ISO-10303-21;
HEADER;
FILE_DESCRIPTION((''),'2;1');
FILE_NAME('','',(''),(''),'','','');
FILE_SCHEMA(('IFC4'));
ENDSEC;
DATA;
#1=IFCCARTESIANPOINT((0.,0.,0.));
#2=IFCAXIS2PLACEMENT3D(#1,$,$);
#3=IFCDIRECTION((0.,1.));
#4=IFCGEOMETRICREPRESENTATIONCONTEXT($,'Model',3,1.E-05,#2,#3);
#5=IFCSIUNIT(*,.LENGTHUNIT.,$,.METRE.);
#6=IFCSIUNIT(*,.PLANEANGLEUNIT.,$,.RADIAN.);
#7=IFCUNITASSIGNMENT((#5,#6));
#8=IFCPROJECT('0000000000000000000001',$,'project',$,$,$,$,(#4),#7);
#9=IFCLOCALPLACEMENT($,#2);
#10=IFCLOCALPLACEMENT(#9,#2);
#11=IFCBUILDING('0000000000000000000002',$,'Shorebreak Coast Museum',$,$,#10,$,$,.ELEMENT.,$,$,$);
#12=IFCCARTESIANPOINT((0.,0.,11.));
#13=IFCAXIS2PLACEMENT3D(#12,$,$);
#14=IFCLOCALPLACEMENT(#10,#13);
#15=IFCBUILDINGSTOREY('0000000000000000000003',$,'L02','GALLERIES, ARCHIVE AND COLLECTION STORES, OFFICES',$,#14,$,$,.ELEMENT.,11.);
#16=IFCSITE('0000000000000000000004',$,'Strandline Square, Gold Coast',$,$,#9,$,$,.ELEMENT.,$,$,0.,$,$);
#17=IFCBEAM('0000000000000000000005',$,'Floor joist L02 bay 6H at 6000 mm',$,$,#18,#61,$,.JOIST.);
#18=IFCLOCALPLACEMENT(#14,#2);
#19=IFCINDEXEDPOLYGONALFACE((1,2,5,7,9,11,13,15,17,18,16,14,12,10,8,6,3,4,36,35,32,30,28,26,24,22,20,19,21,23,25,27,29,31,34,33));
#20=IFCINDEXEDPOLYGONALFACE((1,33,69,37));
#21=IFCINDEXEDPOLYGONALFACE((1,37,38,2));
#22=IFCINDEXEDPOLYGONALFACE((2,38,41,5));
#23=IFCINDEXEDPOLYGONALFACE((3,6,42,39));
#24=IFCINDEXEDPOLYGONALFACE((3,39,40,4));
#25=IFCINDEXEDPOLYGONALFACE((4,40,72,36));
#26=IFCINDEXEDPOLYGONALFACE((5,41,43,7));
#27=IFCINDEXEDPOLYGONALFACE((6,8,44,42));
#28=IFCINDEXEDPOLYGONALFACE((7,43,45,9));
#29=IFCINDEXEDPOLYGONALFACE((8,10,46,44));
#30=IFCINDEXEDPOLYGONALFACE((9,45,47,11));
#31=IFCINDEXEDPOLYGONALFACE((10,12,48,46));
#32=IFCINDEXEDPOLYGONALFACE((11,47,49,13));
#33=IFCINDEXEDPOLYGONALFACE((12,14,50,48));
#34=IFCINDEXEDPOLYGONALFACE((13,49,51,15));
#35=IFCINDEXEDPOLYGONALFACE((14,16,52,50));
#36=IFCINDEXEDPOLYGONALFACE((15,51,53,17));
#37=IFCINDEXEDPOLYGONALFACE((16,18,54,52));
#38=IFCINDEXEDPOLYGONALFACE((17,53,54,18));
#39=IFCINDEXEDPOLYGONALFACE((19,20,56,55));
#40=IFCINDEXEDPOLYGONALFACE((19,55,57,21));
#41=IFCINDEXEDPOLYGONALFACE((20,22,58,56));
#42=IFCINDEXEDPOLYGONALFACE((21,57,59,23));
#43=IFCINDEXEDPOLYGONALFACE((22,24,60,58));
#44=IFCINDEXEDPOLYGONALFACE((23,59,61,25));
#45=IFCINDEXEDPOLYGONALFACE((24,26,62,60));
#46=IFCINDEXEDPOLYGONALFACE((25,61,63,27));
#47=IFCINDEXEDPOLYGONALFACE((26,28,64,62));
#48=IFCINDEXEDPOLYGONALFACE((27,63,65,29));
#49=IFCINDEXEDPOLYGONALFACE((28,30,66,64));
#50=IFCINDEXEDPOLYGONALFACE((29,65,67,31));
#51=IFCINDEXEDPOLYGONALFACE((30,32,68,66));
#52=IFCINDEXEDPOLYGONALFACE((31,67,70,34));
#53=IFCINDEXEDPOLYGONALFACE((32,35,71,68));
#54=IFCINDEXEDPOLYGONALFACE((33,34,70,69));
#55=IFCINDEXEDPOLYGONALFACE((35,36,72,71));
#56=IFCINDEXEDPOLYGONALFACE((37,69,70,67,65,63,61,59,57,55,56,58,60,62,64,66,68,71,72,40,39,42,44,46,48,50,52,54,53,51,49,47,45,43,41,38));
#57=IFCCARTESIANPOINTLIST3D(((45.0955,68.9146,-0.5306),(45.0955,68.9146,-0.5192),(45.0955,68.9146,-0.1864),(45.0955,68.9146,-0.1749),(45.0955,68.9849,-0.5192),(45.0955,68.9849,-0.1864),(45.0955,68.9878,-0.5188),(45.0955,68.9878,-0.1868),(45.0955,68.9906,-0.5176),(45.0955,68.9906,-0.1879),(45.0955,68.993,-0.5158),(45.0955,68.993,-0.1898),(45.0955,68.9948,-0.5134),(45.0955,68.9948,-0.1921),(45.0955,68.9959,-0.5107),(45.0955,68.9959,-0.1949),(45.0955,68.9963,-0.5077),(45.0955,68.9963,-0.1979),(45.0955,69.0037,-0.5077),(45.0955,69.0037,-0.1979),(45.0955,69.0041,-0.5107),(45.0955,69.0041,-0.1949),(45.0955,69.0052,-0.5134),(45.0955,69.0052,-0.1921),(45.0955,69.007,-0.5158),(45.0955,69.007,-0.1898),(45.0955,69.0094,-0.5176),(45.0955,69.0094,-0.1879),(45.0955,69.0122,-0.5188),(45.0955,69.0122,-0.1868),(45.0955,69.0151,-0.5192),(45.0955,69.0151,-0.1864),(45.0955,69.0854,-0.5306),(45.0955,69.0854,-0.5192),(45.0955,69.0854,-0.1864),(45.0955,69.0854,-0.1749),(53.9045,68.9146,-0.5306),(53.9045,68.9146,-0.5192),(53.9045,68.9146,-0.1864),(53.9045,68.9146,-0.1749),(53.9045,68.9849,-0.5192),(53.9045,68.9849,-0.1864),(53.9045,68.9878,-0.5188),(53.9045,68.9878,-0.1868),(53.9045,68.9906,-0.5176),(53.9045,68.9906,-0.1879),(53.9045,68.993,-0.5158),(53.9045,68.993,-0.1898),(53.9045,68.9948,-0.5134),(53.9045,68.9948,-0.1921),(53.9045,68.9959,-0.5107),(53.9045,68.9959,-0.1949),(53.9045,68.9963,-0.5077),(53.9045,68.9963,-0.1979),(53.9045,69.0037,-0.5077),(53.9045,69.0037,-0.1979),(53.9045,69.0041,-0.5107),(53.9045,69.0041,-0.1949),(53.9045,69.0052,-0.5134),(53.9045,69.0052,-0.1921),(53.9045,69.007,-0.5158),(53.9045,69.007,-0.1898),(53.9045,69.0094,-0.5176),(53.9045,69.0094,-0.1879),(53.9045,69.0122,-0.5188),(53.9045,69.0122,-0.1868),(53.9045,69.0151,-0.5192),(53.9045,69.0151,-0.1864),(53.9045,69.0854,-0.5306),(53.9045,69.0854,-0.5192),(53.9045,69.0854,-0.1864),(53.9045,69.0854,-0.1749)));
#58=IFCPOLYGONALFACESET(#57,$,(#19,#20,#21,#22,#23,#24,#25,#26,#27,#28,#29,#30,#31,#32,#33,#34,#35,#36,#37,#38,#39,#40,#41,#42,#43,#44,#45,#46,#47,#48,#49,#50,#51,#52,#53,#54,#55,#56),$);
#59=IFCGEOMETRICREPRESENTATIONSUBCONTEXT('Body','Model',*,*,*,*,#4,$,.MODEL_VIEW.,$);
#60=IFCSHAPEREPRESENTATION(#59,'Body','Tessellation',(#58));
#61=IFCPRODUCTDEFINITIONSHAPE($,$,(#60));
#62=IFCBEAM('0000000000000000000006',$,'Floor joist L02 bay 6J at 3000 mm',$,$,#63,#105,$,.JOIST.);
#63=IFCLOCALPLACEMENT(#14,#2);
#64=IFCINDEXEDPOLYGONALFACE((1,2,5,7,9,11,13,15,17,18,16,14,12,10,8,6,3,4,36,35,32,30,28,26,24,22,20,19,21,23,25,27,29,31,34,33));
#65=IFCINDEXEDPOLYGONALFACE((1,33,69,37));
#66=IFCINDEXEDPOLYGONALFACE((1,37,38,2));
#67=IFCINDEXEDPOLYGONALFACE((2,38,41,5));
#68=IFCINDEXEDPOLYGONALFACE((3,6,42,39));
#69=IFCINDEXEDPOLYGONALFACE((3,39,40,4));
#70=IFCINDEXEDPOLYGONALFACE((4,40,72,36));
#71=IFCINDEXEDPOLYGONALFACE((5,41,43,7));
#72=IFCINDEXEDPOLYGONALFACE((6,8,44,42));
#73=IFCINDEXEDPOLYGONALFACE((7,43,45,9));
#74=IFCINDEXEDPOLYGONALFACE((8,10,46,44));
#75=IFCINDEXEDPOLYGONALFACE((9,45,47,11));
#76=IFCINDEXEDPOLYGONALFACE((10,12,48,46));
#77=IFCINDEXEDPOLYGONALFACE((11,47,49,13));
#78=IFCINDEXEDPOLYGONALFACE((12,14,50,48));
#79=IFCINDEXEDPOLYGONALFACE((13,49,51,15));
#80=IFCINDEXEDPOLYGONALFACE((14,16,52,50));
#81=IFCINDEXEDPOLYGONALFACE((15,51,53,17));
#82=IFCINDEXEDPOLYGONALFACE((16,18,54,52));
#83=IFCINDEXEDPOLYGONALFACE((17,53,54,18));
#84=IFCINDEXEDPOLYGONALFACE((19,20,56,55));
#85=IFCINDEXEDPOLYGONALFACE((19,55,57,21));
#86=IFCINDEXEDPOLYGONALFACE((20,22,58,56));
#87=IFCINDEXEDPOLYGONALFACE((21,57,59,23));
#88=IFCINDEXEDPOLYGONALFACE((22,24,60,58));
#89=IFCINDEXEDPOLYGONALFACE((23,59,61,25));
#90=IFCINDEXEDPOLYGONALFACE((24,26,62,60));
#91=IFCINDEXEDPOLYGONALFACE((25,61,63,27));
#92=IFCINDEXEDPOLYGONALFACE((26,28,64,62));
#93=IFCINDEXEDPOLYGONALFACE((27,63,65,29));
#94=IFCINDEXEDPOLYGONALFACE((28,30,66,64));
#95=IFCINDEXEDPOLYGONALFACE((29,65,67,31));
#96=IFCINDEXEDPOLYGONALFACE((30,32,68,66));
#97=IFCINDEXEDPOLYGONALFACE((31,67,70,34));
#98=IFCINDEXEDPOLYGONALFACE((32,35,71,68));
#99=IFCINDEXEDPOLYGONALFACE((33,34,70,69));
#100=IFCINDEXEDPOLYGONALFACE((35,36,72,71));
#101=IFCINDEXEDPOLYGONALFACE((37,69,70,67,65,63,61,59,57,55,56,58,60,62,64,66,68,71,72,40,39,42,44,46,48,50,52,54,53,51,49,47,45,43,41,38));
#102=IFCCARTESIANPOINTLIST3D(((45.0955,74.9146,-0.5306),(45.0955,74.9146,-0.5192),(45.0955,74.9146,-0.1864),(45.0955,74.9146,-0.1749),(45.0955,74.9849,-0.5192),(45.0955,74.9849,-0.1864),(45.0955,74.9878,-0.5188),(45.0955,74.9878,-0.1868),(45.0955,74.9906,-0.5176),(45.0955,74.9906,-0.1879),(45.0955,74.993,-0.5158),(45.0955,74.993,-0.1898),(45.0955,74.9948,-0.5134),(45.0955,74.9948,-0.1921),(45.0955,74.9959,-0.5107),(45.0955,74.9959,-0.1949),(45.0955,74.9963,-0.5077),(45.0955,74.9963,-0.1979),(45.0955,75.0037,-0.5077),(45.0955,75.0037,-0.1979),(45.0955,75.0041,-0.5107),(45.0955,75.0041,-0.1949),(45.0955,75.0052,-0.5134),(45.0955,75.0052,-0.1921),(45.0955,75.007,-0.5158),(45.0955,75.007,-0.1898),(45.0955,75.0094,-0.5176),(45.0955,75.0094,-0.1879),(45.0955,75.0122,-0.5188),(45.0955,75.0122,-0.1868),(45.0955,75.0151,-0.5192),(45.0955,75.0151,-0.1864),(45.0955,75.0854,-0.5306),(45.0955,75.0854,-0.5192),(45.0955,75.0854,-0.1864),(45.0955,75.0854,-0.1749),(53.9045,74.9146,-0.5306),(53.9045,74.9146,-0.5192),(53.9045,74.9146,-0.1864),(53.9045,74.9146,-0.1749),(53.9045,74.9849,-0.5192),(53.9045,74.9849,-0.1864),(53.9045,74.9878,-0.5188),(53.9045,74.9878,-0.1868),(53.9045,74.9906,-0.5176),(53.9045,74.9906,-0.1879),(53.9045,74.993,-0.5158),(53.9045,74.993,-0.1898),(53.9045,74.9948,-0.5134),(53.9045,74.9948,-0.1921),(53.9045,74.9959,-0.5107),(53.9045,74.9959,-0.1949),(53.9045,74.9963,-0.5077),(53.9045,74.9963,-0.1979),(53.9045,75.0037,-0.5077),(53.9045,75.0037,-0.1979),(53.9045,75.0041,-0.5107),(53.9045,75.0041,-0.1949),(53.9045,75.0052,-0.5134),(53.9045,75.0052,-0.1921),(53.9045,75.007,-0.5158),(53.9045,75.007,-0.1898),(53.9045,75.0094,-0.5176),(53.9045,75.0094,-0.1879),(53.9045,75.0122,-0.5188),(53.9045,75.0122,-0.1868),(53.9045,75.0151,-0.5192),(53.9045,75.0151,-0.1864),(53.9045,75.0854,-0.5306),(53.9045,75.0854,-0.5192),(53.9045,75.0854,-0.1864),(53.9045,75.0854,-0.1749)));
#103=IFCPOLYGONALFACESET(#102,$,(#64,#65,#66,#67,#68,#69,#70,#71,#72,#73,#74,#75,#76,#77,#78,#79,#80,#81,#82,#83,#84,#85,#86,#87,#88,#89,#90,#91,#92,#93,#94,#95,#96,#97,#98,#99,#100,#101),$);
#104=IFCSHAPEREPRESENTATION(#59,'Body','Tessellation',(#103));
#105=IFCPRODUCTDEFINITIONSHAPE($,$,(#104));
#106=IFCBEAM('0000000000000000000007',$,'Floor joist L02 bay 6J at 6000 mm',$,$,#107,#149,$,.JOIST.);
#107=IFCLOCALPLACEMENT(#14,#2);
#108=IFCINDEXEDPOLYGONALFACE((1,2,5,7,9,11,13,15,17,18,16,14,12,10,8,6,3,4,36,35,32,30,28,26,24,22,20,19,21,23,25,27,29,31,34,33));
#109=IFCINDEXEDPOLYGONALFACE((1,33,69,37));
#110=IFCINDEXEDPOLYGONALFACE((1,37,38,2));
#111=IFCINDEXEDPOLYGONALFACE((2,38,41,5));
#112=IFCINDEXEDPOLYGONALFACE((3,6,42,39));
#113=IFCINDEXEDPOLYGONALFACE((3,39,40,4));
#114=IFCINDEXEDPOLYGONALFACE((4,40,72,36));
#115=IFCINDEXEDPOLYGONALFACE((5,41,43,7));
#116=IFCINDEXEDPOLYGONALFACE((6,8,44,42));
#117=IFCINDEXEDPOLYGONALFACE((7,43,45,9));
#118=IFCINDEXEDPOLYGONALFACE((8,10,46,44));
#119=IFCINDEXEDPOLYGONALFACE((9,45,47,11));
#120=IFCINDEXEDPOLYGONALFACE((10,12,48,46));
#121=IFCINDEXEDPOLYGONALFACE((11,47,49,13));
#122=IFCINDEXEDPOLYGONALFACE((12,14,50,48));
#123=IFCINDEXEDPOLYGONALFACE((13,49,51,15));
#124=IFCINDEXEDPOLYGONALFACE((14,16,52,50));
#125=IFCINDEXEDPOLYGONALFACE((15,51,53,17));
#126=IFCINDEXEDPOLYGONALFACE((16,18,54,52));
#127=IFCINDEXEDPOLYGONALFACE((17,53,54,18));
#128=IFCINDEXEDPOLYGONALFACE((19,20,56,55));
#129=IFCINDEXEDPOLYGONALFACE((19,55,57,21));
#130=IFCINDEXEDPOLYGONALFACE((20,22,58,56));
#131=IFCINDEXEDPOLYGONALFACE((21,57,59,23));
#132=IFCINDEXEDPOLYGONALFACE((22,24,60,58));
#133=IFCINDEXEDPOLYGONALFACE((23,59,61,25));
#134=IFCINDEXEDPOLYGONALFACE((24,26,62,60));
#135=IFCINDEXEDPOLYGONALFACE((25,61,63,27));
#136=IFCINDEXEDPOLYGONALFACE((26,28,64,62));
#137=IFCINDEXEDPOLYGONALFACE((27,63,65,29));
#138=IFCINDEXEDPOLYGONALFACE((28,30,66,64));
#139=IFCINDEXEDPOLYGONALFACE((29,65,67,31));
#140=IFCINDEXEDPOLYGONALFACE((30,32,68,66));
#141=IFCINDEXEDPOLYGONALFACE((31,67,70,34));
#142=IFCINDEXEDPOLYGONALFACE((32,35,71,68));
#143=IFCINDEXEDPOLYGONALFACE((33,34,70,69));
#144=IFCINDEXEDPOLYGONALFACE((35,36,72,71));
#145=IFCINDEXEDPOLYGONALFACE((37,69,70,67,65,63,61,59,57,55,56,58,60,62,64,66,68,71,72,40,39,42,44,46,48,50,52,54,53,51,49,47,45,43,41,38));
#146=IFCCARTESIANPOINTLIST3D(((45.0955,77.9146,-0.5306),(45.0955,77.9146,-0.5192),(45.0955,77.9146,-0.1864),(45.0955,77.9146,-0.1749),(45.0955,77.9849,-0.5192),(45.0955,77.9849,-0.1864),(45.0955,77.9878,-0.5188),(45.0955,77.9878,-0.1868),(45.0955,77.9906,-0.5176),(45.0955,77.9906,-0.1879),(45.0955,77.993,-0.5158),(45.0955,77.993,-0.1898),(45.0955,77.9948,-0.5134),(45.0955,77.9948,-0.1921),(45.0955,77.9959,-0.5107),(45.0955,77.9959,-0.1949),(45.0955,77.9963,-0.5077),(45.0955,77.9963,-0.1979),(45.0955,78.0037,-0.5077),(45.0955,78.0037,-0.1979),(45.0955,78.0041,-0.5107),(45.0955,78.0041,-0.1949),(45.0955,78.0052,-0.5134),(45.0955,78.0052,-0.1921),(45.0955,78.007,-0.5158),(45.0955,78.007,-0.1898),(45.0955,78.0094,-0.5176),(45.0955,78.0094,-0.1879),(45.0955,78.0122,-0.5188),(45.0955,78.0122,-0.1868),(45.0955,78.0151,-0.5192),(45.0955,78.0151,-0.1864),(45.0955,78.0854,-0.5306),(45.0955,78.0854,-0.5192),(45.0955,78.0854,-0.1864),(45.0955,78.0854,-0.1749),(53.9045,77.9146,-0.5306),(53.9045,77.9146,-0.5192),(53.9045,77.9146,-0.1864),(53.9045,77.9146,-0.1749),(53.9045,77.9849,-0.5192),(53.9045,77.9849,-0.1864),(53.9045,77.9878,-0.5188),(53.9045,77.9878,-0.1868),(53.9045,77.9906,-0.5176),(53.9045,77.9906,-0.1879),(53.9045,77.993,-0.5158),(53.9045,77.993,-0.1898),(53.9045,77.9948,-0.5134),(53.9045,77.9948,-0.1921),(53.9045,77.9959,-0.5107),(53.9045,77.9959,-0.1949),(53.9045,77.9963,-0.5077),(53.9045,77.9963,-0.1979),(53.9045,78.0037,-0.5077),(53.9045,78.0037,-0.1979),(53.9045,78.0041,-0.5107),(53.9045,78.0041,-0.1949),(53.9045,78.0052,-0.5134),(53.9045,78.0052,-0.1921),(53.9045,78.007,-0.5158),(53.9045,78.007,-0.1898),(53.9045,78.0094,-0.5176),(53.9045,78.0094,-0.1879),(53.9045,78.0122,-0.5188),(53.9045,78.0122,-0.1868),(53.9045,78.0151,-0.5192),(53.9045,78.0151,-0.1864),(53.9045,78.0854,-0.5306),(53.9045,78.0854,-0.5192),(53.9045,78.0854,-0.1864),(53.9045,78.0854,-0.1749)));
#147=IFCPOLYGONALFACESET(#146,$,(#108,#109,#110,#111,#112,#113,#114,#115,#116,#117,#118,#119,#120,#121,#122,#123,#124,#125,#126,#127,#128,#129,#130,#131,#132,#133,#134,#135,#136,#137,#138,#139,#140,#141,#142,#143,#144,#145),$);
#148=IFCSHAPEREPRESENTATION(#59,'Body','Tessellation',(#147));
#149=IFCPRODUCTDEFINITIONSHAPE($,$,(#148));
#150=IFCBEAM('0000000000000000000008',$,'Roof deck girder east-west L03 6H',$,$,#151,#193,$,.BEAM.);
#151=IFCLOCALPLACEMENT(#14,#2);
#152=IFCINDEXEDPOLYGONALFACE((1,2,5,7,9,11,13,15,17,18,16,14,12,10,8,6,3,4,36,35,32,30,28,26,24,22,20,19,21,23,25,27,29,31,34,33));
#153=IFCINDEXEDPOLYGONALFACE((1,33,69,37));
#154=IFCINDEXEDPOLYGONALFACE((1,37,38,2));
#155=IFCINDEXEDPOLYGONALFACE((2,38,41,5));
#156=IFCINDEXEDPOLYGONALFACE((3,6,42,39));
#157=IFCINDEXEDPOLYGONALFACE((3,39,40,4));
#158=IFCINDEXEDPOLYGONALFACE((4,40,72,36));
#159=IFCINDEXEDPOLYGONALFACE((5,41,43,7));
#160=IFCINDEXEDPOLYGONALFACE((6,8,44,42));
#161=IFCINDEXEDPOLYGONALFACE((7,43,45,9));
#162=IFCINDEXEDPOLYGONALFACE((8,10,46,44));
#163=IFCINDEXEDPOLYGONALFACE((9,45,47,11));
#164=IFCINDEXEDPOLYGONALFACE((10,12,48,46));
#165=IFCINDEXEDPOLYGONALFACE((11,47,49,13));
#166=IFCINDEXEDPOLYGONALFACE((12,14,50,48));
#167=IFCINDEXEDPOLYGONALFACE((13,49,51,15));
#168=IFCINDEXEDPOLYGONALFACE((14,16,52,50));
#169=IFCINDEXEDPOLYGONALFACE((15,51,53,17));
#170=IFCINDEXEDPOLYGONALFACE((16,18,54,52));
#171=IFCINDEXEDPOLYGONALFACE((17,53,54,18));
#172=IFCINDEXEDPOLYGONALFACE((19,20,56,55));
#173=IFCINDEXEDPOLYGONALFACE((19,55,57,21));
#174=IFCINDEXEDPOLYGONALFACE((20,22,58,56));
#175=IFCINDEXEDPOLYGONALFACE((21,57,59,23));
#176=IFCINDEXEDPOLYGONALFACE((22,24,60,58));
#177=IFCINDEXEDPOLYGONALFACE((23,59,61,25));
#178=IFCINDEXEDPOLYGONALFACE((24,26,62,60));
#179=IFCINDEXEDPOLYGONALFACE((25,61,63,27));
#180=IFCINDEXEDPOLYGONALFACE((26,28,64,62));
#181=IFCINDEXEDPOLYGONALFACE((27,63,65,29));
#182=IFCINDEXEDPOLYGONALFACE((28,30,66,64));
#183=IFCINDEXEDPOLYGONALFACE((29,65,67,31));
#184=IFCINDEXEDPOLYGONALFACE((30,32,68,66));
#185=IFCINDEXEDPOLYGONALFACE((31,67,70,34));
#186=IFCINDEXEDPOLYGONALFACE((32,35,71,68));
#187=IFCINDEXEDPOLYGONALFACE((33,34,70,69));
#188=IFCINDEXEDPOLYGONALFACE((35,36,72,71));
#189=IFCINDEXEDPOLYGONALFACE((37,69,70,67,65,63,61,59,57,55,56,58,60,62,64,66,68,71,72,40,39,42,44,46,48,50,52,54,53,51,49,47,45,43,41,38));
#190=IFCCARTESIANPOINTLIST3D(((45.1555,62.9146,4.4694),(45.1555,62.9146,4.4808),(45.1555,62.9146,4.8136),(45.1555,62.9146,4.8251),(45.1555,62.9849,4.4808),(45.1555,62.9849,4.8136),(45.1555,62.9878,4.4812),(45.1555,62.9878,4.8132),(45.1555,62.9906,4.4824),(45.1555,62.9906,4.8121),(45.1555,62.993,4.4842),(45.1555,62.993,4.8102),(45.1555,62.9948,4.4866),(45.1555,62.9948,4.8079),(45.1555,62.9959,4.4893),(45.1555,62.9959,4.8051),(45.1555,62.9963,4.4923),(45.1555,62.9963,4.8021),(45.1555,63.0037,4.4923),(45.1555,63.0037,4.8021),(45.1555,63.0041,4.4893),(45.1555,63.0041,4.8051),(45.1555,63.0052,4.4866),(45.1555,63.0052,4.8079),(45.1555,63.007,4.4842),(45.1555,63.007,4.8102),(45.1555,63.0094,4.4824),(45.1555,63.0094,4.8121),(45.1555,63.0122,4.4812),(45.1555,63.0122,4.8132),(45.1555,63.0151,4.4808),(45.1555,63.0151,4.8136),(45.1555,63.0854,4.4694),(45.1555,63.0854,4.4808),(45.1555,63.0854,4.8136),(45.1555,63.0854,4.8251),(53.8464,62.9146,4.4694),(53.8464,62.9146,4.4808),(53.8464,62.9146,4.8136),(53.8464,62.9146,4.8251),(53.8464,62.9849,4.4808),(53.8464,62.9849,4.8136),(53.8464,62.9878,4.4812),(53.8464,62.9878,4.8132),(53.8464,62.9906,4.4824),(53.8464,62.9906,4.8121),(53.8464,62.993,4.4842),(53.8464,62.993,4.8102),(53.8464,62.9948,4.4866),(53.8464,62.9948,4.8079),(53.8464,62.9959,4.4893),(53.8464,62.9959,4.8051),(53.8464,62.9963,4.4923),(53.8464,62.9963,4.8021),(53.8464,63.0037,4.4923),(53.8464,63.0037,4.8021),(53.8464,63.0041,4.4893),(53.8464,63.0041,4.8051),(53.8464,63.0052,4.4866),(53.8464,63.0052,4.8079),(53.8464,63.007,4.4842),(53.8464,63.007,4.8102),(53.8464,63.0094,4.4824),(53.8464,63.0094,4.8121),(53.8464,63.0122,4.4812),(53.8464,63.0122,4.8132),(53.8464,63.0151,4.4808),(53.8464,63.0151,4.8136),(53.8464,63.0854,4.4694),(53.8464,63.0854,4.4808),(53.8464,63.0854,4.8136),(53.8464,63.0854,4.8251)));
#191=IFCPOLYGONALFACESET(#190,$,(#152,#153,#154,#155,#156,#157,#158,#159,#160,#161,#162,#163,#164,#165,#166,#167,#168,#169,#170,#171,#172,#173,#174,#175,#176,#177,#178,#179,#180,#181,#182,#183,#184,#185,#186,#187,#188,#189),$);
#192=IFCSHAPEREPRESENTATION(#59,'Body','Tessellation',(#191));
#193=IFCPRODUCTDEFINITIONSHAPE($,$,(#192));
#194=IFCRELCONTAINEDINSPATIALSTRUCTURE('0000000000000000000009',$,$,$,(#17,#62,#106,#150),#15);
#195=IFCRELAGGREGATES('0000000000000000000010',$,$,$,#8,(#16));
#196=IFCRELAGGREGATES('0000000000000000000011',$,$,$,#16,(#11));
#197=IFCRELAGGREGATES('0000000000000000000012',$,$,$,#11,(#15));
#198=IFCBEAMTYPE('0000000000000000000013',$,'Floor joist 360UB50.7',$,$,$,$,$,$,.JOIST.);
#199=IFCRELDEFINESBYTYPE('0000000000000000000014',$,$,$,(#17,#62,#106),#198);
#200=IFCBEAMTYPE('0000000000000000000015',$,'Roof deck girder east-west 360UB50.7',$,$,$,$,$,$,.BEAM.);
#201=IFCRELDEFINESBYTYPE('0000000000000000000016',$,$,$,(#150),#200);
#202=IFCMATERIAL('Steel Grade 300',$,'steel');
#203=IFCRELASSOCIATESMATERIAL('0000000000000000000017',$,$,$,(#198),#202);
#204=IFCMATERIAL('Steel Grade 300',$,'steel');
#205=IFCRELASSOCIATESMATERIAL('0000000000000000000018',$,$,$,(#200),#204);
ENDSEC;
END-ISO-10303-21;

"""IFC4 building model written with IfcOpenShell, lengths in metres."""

from ifc_helpers import new_model, si_unit, direction, frame, origin, origin_2d, place, context, subcontext, project, spatial, i_section, extrude, material, material_profile, profile_set, type_object, element, save


model = new_model("IFC4")

# Units and contexts
model_context = context("Model", 3, precision=1e-05, world=origin(), true_north=direction((0.0, 1.0)))
body_context = subcontext(model_context, "Body", "Model", "MODEL_VIEW")
ifc_project = project(units=[si_unit("LENGTHUNIT", "METRE"), si_unit("PLANEANGLEUNIT", "RADIAN")], contexts=[model_context])

# Site, building, storey
site_placement = place(None, origin())
site = spatial("IfcSite", under=ifc_project, at=site_placement, Name="Strandline Square, Gold Coast", CompositionType="ELEMENT", RefElevation=0.0)
building_placement = place(site_placement, origin())
building = spatial("IfcBuilding", under=site, at=building_placement, Name="Shorebreak Coast Museum", CompositionType="ELEMENT")
storey_placement = place(building_placement, frame((0.0, 0.0, 11.0)))
storey = spatial("IfcBuildingStorey", under=building, at=storey_placement, Name="L02", Description="GALLERIES, ARCHIVE AND COLLECTION STORES, OFFICES", CompositionType="ELEMENT", Elevation=11.0)

# Beams
ifc_material_1 = material(Name="Steel Grade 300", Category="steel")
ifc_material_profile_1 = material_profile(ifc_material_1, i_section(OverallWidth=0.1709, OverallDepth=0.3557, WebThickness=0.0073, FlangeThickness=0.0115, FilletRadius=0.0115, at=origin_2d()), Name="360UB50.7")
ifc_profile_set_1 = profile_set([ifc_material_profile_1], Name="Steel Grade 300")
beam_type_1 = type_object("IfcBeamType", Name="Floor joist 360UB50.7", PredefinedType="JOIST", material=ifc_profile_set_1)
for number, where, z_axis, x_axis, name in (
    (1, (45.0955, 69.0, -0.3528), (1.0, 0.0, 0.0), (0.0, 1.0, 0.0), "Floor joist L02 bay 6H at 6000 mm"),
    (2, (45.0955, 75.0, -0.3528), (1.0, 0.0, 0.0), (0.0, 1.0, 0.0), "Floor joist L02 bay 6J at 3000 mm"),
    (3, (45.0955, 78.0, -0.3528), (1.0, 0.0, 0.0), (0.0, 1.0, 0.0), "Floor joist L02 bay 6J at 6000 mm"),
):
    element("IfcBeam", number, at=place(storey_placement, frame(where, z_axis=z_axis, x_axis=x_axis)), inside=storey, type_object=beam_type_1, Name=name, PredefinedType="JOIST", context=body_context, shape_type="SweptSolid", body=[
        extrude(i_section(OverallWidth=0.1709, OverallDepth=0.3557, WebThickness=0.0073, FlangeThickness=0.0115, FilletRadius=0.0115, at=origin_2d()), origin(), (0.0, 0.0, 1.0), 8.8091),
    ])
ifc_material_2 = material(Name="Steel Grade 300", Category="steel")
ifc_material_profile_2 = material_profile(ifc_material_2, i_section(OverallWidth=0.1709, OverallDepth=0.3557, WebThickness=0.0073, FlangeThickness=0.0115, FilletRadius=0.0115, at=origin_2d()), Name="360UB50.7")
ifc_profile_set_2 = profile_set([ifc_material_profile_2], Name="Steel Grade 300")
beam_type_2 = type_object("IfcBeamType", Name="Roof deck girder east-west 360UB50.7", PredefinedType="BEAM", material=ifc_profile_set_2)
for number, where, z_axis, x_axis, name in (
    (4, (45.1555, 63.0, 4.6472), (1.0, 0.0, 0.0), (0.0, 1.0, 0.0), "Roof deck girder east-west L03 6H"),
):
    element("IfcBeam", number, at=place(storey_placement, frame(where, z_axis=z_axis, x_axis=x_axis)), inside=storey, type_object=beam_type_2, Name=name, PredefinedType="BEAM", context=body_context, shape_type="SweptSolid", body=[
        extrude(i_section(OverallWidth=0.1709, OverallDepth=0.3557, WebThickness=0.0073, FlangeThickness=0.0115, FilletRadius=0.0115, at=origin_2d()), origin(), (0.0, 0.0, 1.0), 8.6909),
    ])

save(model, "model.ifc")
